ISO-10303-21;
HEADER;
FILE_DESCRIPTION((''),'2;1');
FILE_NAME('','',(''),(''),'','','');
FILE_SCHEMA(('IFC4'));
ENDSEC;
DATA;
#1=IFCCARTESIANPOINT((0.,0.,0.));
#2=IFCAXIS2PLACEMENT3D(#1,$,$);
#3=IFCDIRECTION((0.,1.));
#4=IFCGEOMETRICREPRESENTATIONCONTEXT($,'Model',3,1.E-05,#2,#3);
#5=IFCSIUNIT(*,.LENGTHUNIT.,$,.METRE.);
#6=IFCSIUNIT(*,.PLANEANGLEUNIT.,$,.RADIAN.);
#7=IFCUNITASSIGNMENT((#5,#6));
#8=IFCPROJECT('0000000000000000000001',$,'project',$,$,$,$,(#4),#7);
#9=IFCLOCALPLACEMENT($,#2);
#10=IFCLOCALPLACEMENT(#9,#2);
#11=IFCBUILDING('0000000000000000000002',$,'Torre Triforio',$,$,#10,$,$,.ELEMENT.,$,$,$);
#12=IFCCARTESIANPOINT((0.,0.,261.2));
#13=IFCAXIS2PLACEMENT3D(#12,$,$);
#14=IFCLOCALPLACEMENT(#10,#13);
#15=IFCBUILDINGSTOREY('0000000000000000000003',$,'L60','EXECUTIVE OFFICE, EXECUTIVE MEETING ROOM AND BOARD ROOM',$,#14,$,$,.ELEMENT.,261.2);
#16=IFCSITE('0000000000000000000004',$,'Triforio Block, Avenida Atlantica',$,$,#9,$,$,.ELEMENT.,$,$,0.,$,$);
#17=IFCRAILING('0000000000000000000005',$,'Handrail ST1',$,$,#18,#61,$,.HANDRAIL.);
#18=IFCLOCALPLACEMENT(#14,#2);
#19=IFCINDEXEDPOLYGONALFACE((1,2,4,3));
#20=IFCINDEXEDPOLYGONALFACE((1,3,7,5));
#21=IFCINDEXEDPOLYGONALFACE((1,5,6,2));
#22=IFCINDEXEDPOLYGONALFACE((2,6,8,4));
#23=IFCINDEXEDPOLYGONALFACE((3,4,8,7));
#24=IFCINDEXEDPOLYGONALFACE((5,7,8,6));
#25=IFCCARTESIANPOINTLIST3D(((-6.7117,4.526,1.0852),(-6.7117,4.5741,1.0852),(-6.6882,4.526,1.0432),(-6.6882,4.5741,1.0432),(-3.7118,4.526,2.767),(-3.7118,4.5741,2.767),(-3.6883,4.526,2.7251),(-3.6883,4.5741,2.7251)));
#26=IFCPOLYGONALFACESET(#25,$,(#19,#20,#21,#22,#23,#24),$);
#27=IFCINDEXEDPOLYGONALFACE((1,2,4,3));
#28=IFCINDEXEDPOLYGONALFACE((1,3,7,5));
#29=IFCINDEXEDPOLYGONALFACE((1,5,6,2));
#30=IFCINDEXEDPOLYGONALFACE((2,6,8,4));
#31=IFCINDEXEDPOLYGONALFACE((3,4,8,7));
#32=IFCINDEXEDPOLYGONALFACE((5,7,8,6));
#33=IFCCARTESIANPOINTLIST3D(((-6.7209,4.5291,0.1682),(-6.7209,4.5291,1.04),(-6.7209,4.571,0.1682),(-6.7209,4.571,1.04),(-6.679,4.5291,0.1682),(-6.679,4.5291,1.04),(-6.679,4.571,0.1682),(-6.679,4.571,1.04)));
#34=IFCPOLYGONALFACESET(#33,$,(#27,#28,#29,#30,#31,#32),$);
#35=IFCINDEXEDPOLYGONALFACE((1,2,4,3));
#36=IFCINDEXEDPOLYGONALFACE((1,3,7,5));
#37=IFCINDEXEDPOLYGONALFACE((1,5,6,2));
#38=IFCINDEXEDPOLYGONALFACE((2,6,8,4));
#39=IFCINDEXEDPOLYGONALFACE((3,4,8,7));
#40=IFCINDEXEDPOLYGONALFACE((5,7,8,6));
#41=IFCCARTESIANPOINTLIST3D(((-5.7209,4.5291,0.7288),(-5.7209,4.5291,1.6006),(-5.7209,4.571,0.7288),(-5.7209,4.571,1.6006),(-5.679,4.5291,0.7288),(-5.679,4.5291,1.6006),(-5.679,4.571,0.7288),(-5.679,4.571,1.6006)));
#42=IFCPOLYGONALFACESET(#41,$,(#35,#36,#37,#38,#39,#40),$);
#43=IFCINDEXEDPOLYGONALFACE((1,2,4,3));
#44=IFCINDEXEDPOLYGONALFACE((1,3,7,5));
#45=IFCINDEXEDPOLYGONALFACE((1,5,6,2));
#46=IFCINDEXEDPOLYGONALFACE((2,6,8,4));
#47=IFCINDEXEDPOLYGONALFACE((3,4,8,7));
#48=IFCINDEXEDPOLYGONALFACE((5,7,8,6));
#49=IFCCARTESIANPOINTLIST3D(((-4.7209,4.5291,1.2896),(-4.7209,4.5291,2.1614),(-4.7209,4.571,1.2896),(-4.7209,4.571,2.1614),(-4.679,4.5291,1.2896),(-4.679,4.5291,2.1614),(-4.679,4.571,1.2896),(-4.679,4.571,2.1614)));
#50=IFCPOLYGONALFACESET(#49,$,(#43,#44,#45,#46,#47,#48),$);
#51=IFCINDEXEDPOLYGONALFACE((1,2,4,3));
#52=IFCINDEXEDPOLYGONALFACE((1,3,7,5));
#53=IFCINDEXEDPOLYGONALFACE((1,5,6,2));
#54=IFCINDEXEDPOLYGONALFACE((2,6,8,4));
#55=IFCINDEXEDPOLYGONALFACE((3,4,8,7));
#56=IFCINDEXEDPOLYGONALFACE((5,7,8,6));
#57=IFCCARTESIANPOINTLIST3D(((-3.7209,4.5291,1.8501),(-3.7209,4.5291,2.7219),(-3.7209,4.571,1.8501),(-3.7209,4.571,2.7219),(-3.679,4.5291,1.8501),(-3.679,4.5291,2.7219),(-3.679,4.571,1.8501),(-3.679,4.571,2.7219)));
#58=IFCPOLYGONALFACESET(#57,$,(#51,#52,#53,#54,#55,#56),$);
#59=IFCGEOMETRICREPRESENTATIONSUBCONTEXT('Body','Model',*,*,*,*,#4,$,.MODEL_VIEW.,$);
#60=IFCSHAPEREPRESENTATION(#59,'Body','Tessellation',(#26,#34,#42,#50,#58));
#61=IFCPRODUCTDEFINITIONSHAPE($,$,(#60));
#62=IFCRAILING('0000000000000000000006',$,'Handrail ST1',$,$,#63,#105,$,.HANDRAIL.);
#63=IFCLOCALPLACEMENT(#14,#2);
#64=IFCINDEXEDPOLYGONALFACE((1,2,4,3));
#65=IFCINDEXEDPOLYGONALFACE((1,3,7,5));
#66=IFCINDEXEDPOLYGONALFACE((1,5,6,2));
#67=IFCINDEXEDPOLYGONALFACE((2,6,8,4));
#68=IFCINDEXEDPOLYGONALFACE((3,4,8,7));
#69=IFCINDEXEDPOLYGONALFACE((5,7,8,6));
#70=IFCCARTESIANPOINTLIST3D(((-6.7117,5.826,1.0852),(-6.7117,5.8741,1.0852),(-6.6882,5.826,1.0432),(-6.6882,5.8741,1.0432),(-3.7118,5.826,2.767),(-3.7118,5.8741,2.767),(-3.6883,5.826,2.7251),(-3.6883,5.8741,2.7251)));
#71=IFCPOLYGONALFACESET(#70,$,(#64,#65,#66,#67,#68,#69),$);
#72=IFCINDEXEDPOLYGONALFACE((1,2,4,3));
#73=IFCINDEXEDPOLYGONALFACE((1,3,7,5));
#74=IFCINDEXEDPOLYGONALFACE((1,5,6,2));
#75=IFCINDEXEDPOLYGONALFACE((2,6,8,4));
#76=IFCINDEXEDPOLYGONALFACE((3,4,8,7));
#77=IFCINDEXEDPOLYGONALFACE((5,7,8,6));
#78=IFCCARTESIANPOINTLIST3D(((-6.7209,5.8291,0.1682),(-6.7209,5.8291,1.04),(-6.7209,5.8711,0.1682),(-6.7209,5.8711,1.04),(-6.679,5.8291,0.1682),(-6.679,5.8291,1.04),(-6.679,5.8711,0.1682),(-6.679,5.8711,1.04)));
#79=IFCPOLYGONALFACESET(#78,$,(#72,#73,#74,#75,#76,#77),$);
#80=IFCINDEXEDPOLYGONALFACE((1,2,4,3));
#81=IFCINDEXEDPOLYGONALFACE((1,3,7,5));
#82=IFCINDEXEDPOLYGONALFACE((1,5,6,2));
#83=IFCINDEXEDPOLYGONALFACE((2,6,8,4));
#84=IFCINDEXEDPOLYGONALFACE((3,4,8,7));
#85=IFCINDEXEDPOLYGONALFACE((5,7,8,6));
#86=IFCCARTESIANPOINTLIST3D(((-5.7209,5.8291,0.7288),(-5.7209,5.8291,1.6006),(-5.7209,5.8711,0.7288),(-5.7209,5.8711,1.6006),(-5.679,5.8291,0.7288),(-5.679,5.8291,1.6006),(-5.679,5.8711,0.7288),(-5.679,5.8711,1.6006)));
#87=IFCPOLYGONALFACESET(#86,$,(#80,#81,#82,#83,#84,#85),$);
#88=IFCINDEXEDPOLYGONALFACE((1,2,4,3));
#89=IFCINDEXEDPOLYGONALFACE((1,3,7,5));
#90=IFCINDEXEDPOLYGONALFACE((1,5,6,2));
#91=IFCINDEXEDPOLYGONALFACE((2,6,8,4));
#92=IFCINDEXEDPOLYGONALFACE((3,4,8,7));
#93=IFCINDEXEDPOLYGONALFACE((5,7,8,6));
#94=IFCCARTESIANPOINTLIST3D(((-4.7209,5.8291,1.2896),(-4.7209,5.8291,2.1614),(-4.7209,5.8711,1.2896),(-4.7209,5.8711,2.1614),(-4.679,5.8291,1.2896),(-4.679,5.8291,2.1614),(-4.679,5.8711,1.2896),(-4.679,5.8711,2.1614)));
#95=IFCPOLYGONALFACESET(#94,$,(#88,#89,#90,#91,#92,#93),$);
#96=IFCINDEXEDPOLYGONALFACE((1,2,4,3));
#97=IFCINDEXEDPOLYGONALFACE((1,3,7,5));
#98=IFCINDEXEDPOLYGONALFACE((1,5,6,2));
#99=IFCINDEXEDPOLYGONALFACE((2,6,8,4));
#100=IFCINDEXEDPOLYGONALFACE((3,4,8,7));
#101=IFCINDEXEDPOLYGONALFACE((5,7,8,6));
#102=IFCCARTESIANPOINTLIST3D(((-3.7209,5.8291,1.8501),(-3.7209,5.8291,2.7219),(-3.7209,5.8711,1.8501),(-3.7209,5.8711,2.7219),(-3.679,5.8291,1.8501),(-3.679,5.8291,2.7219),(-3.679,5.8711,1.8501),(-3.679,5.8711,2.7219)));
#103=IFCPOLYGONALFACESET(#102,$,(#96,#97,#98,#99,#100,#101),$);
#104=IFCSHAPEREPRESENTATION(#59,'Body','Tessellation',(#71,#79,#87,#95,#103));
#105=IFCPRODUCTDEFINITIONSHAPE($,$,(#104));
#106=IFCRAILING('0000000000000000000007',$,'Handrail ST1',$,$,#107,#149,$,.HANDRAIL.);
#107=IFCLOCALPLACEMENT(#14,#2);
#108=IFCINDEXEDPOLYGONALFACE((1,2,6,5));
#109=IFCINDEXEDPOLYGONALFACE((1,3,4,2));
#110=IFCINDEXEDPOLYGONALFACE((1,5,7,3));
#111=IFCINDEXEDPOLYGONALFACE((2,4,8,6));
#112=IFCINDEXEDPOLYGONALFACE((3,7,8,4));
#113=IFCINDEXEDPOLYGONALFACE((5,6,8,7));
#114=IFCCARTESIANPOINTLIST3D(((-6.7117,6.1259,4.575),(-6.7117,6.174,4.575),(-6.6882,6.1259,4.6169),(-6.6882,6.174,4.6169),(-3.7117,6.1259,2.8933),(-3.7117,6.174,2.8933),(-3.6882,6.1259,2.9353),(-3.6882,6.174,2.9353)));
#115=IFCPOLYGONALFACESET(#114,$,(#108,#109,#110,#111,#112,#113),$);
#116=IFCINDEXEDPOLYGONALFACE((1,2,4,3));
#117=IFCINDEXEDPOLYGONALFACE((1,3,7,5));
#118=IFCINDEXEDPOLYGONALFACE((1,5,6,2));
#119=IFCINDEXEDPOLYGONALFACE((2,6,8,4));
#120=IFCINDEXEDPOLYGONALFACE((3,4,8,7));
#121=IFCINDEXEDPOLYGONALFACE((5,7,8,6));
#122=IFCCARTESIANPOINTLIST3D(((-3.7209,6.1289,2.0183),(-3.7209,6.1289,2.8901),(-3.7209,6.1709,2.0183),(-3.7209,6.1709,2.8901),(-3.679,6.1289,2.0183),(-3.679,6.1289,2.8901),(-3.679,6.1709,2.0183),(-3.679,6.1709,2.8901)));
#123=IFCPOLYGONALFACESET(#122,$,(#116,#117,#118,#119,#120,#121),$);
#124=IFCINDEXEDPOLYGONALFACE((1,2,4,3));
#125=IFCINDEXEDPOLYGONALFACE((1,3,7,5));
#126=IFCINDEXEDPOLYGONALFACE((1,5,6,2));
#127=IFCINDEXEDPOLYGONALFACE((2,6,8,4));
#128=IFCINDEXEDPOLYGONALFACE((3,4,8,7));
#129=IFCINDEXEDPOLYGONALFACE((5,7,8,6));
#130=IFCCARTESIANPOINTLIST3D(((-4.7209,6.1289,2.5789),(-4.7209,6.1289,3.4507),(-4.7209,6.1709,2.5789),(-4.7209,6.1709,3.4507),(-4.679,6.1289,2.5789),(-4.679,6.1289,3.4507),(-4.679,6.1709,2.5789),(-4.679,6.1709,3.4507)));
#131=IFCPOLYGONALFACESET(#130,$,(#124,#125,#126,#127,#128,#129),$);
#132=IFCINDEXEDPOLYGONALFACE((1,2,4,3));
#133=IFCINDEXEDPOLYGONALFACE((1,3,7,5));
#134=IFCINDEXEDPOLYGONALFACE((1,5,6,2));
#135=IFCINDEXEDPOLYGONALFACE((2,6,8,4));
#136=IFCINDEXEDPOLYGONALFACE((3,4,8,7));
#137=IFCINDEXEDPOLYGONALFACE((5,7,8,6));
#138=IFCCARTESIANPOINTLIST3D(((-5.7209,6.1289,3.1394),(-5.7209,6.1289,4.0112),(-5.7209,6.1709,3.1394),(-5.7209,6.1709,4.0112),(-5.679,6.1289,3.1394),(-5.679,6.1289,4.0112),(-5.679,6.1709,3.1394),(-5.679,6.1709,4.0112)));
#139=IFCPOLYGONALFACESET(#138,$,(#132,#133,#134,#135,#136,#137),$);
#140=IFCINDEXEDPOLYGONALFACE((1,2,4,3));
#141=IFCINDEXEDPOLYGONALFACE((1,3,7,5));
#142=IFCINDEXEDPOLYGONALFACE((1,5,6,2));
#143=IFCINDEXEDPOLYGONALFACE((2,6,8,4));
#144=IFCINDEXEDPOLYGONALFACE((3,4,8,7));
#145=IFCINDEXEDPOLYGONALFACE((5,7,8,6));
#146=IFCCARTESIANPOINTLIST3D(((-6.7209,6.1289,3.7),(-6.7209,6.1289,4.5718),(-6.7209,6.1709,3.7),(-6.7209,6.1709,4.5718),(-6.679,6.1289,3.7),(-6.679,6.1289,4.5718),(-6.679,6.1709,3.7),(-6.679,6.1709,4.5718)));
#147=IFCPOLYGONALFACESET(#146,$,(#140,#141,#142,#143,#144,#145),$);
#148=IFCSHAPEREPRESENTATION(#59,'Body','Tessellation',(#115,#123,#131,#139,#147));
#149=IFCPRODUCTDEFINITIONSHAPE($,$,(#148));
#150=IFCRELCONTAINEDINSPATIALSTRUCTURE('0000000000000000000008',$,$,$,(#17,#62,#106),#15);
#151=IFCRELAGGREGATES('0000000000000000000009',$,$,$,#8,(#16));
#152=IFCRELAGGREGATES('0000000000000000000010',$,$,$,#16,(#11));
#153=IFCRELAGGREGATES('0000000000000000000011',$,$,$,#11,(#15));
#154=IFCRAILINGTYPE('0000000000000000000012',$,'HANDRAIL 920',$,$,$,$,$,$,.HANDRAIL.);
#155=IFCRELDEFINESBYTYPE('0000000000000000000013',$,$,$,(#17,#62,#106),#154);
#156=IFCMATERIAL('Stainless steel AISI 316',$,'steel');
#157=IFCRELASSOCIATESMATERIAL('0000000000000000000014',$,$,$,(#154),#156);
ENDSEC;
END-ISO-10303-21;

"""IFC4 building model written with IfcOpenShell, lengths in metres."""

from ifc_helpers import new_model, si_unit, direction, frame, origin, origin_2d, place, context, subcontext, project, spatial, rectangle, extrude, material, type_object, element, save


model = new_model("IFC4")

# Units and contexts
model_context = context("Model", 3, precision=1e-05, world=origin(), true_north=direction((0.0, 1.0)))
body_context = subcontext(model_context, "Body", "Model", "MODEL_VIEW")
ifc_project = project(units=[si_unit("LENGTHUNIT", "METRE"), si_unit("PLANEANGLEUNIT", "RADIAN")], contexts=[model_context])

# Site, building, storey
site_placement = place(None, origin())
site = spatial("IfcSite", under=ifc_project, at=site_placement, Name="Triforio Block, Avenida Atlantica", CompositionType="ELEMENT", RefElevation=0.0)
building_placement = place(site_placement, origin())
building = spatial("IfcBuilding", under=site, at=building_placement, Name="Torre Triforio", CompositionType="ELEMENT")
storey_placement = place(building_placement, frame((0.0, 0.0, 261.2)))
storey = spatial("IfcBuildingStorey", under=building, at=storey_placement, Name="L60", Description="EXECUTIVE OFFICE, EXECUTIVE MEETING ROOM AND BOARD ROOM", CompositionType="ELEMENT", Elevation=261.2)

# Railings
ifc_material_1 = material(Name="Stainless steel AISI 316", Category="steel")
railing_type = type_object("IfcRailingType", Name="HANDRAIL 920", PredefinedType="HANDRAIL", material=ifc_material_1)
for number, where, name in (
    (1, (-6.7, 4.55, 0.1682), "Handrail ST1"),
    (2, (-6.7, 5.8501, 0.1682), "Handrail ST1"),
):
    element("IfcRailing", number, at=place(storey_placement, frame(where)), inside=storey, type_object=railing_type, Name=name, PredefinedType="HANDRAIL", context=body_context, shape_type="SweptSolid", body=[
        extrude(rectangle(XDim=0.0481, YDim=0.0481, at=origin_2d()), frame((0.0, 0.0, 0.896), z_axis=(0.872272, 0.0, 0.48902), x_axis=(0.0, 1.0, 0.0)), (0.0, 0.0, 1.0), 3.4392),
        extrude(rectangle(XDim=0.042, YDim=0.042, at=origin_2d()), origin(), (0.0, 0.0, 1.0), 0.8718),
        extrude(rectangle(XDim=0.042, YDim=0.042, at=origin_2d()), frame((1.0, 0.0, 0.5605)), (0.0, 0.0, 1.0), 0.8718),
        extrude(rectangle(XDim=0.042, YDim=0.042, at=origin_2d()), frame((2.0, 0.0, 1.1213)), (0.0, 0.0, 1.0), 0.8718),
        extrude(rectangle(XDim=0.042, YDim=0.042, at=origin_2d()), frame((3.0, 0.0, 1.6819)), (0.0, 0.0, 1.0), 0.8718),
    ])
railing_placement = place(storey_placement, frame((-3.7, 6.1499, 2.0183)))
element("IfcRailing", 3, at=railing_placement, inside=storey, type_object=railing_type, Name="Handrail ST1", PredefinedType="HANDRAIL", context=body_context, shape_type="SweptSolid", body=[
    extrude(rectangle(XDim=0.0481, YDim=0.0481, at=origin_2d()), frame((0.0, 0.0, 0.896), z_axis=(-0.872303, 0.0, 0.488966), x_axis=(0.0, -1.0, 0.0)), (0.0, 0.0, 1.0), 3.4392),
    extrude(rectangle(XDim=0.042, YDim=0.042, at=origin_2d()), origin(), (0.0, 0.0, 1.0), 0.8718),
    extrude(rectangle(XDim=0.042, YDim=0.042, at=origin_2d()), frame((-1.0, 0.0, 0.5605)), (0.0, 0.0, 1.0), 0.8718),
    extrude(rectangle(XDim=0.042, YDim=0.042, at=origin_2d()), frame((-2.0, 0.0, 1.1211)), (0.0, 0.0, 1.0), 0.8718),
    extrude(rectangle(XDim=0.042, YDim=0.042, at=origin_2d()), frame((-3.0, 0.0, 1.6816)), (0.0, 0.0, 1.0), 0.8718),
])

save(model, "model.ifc")
